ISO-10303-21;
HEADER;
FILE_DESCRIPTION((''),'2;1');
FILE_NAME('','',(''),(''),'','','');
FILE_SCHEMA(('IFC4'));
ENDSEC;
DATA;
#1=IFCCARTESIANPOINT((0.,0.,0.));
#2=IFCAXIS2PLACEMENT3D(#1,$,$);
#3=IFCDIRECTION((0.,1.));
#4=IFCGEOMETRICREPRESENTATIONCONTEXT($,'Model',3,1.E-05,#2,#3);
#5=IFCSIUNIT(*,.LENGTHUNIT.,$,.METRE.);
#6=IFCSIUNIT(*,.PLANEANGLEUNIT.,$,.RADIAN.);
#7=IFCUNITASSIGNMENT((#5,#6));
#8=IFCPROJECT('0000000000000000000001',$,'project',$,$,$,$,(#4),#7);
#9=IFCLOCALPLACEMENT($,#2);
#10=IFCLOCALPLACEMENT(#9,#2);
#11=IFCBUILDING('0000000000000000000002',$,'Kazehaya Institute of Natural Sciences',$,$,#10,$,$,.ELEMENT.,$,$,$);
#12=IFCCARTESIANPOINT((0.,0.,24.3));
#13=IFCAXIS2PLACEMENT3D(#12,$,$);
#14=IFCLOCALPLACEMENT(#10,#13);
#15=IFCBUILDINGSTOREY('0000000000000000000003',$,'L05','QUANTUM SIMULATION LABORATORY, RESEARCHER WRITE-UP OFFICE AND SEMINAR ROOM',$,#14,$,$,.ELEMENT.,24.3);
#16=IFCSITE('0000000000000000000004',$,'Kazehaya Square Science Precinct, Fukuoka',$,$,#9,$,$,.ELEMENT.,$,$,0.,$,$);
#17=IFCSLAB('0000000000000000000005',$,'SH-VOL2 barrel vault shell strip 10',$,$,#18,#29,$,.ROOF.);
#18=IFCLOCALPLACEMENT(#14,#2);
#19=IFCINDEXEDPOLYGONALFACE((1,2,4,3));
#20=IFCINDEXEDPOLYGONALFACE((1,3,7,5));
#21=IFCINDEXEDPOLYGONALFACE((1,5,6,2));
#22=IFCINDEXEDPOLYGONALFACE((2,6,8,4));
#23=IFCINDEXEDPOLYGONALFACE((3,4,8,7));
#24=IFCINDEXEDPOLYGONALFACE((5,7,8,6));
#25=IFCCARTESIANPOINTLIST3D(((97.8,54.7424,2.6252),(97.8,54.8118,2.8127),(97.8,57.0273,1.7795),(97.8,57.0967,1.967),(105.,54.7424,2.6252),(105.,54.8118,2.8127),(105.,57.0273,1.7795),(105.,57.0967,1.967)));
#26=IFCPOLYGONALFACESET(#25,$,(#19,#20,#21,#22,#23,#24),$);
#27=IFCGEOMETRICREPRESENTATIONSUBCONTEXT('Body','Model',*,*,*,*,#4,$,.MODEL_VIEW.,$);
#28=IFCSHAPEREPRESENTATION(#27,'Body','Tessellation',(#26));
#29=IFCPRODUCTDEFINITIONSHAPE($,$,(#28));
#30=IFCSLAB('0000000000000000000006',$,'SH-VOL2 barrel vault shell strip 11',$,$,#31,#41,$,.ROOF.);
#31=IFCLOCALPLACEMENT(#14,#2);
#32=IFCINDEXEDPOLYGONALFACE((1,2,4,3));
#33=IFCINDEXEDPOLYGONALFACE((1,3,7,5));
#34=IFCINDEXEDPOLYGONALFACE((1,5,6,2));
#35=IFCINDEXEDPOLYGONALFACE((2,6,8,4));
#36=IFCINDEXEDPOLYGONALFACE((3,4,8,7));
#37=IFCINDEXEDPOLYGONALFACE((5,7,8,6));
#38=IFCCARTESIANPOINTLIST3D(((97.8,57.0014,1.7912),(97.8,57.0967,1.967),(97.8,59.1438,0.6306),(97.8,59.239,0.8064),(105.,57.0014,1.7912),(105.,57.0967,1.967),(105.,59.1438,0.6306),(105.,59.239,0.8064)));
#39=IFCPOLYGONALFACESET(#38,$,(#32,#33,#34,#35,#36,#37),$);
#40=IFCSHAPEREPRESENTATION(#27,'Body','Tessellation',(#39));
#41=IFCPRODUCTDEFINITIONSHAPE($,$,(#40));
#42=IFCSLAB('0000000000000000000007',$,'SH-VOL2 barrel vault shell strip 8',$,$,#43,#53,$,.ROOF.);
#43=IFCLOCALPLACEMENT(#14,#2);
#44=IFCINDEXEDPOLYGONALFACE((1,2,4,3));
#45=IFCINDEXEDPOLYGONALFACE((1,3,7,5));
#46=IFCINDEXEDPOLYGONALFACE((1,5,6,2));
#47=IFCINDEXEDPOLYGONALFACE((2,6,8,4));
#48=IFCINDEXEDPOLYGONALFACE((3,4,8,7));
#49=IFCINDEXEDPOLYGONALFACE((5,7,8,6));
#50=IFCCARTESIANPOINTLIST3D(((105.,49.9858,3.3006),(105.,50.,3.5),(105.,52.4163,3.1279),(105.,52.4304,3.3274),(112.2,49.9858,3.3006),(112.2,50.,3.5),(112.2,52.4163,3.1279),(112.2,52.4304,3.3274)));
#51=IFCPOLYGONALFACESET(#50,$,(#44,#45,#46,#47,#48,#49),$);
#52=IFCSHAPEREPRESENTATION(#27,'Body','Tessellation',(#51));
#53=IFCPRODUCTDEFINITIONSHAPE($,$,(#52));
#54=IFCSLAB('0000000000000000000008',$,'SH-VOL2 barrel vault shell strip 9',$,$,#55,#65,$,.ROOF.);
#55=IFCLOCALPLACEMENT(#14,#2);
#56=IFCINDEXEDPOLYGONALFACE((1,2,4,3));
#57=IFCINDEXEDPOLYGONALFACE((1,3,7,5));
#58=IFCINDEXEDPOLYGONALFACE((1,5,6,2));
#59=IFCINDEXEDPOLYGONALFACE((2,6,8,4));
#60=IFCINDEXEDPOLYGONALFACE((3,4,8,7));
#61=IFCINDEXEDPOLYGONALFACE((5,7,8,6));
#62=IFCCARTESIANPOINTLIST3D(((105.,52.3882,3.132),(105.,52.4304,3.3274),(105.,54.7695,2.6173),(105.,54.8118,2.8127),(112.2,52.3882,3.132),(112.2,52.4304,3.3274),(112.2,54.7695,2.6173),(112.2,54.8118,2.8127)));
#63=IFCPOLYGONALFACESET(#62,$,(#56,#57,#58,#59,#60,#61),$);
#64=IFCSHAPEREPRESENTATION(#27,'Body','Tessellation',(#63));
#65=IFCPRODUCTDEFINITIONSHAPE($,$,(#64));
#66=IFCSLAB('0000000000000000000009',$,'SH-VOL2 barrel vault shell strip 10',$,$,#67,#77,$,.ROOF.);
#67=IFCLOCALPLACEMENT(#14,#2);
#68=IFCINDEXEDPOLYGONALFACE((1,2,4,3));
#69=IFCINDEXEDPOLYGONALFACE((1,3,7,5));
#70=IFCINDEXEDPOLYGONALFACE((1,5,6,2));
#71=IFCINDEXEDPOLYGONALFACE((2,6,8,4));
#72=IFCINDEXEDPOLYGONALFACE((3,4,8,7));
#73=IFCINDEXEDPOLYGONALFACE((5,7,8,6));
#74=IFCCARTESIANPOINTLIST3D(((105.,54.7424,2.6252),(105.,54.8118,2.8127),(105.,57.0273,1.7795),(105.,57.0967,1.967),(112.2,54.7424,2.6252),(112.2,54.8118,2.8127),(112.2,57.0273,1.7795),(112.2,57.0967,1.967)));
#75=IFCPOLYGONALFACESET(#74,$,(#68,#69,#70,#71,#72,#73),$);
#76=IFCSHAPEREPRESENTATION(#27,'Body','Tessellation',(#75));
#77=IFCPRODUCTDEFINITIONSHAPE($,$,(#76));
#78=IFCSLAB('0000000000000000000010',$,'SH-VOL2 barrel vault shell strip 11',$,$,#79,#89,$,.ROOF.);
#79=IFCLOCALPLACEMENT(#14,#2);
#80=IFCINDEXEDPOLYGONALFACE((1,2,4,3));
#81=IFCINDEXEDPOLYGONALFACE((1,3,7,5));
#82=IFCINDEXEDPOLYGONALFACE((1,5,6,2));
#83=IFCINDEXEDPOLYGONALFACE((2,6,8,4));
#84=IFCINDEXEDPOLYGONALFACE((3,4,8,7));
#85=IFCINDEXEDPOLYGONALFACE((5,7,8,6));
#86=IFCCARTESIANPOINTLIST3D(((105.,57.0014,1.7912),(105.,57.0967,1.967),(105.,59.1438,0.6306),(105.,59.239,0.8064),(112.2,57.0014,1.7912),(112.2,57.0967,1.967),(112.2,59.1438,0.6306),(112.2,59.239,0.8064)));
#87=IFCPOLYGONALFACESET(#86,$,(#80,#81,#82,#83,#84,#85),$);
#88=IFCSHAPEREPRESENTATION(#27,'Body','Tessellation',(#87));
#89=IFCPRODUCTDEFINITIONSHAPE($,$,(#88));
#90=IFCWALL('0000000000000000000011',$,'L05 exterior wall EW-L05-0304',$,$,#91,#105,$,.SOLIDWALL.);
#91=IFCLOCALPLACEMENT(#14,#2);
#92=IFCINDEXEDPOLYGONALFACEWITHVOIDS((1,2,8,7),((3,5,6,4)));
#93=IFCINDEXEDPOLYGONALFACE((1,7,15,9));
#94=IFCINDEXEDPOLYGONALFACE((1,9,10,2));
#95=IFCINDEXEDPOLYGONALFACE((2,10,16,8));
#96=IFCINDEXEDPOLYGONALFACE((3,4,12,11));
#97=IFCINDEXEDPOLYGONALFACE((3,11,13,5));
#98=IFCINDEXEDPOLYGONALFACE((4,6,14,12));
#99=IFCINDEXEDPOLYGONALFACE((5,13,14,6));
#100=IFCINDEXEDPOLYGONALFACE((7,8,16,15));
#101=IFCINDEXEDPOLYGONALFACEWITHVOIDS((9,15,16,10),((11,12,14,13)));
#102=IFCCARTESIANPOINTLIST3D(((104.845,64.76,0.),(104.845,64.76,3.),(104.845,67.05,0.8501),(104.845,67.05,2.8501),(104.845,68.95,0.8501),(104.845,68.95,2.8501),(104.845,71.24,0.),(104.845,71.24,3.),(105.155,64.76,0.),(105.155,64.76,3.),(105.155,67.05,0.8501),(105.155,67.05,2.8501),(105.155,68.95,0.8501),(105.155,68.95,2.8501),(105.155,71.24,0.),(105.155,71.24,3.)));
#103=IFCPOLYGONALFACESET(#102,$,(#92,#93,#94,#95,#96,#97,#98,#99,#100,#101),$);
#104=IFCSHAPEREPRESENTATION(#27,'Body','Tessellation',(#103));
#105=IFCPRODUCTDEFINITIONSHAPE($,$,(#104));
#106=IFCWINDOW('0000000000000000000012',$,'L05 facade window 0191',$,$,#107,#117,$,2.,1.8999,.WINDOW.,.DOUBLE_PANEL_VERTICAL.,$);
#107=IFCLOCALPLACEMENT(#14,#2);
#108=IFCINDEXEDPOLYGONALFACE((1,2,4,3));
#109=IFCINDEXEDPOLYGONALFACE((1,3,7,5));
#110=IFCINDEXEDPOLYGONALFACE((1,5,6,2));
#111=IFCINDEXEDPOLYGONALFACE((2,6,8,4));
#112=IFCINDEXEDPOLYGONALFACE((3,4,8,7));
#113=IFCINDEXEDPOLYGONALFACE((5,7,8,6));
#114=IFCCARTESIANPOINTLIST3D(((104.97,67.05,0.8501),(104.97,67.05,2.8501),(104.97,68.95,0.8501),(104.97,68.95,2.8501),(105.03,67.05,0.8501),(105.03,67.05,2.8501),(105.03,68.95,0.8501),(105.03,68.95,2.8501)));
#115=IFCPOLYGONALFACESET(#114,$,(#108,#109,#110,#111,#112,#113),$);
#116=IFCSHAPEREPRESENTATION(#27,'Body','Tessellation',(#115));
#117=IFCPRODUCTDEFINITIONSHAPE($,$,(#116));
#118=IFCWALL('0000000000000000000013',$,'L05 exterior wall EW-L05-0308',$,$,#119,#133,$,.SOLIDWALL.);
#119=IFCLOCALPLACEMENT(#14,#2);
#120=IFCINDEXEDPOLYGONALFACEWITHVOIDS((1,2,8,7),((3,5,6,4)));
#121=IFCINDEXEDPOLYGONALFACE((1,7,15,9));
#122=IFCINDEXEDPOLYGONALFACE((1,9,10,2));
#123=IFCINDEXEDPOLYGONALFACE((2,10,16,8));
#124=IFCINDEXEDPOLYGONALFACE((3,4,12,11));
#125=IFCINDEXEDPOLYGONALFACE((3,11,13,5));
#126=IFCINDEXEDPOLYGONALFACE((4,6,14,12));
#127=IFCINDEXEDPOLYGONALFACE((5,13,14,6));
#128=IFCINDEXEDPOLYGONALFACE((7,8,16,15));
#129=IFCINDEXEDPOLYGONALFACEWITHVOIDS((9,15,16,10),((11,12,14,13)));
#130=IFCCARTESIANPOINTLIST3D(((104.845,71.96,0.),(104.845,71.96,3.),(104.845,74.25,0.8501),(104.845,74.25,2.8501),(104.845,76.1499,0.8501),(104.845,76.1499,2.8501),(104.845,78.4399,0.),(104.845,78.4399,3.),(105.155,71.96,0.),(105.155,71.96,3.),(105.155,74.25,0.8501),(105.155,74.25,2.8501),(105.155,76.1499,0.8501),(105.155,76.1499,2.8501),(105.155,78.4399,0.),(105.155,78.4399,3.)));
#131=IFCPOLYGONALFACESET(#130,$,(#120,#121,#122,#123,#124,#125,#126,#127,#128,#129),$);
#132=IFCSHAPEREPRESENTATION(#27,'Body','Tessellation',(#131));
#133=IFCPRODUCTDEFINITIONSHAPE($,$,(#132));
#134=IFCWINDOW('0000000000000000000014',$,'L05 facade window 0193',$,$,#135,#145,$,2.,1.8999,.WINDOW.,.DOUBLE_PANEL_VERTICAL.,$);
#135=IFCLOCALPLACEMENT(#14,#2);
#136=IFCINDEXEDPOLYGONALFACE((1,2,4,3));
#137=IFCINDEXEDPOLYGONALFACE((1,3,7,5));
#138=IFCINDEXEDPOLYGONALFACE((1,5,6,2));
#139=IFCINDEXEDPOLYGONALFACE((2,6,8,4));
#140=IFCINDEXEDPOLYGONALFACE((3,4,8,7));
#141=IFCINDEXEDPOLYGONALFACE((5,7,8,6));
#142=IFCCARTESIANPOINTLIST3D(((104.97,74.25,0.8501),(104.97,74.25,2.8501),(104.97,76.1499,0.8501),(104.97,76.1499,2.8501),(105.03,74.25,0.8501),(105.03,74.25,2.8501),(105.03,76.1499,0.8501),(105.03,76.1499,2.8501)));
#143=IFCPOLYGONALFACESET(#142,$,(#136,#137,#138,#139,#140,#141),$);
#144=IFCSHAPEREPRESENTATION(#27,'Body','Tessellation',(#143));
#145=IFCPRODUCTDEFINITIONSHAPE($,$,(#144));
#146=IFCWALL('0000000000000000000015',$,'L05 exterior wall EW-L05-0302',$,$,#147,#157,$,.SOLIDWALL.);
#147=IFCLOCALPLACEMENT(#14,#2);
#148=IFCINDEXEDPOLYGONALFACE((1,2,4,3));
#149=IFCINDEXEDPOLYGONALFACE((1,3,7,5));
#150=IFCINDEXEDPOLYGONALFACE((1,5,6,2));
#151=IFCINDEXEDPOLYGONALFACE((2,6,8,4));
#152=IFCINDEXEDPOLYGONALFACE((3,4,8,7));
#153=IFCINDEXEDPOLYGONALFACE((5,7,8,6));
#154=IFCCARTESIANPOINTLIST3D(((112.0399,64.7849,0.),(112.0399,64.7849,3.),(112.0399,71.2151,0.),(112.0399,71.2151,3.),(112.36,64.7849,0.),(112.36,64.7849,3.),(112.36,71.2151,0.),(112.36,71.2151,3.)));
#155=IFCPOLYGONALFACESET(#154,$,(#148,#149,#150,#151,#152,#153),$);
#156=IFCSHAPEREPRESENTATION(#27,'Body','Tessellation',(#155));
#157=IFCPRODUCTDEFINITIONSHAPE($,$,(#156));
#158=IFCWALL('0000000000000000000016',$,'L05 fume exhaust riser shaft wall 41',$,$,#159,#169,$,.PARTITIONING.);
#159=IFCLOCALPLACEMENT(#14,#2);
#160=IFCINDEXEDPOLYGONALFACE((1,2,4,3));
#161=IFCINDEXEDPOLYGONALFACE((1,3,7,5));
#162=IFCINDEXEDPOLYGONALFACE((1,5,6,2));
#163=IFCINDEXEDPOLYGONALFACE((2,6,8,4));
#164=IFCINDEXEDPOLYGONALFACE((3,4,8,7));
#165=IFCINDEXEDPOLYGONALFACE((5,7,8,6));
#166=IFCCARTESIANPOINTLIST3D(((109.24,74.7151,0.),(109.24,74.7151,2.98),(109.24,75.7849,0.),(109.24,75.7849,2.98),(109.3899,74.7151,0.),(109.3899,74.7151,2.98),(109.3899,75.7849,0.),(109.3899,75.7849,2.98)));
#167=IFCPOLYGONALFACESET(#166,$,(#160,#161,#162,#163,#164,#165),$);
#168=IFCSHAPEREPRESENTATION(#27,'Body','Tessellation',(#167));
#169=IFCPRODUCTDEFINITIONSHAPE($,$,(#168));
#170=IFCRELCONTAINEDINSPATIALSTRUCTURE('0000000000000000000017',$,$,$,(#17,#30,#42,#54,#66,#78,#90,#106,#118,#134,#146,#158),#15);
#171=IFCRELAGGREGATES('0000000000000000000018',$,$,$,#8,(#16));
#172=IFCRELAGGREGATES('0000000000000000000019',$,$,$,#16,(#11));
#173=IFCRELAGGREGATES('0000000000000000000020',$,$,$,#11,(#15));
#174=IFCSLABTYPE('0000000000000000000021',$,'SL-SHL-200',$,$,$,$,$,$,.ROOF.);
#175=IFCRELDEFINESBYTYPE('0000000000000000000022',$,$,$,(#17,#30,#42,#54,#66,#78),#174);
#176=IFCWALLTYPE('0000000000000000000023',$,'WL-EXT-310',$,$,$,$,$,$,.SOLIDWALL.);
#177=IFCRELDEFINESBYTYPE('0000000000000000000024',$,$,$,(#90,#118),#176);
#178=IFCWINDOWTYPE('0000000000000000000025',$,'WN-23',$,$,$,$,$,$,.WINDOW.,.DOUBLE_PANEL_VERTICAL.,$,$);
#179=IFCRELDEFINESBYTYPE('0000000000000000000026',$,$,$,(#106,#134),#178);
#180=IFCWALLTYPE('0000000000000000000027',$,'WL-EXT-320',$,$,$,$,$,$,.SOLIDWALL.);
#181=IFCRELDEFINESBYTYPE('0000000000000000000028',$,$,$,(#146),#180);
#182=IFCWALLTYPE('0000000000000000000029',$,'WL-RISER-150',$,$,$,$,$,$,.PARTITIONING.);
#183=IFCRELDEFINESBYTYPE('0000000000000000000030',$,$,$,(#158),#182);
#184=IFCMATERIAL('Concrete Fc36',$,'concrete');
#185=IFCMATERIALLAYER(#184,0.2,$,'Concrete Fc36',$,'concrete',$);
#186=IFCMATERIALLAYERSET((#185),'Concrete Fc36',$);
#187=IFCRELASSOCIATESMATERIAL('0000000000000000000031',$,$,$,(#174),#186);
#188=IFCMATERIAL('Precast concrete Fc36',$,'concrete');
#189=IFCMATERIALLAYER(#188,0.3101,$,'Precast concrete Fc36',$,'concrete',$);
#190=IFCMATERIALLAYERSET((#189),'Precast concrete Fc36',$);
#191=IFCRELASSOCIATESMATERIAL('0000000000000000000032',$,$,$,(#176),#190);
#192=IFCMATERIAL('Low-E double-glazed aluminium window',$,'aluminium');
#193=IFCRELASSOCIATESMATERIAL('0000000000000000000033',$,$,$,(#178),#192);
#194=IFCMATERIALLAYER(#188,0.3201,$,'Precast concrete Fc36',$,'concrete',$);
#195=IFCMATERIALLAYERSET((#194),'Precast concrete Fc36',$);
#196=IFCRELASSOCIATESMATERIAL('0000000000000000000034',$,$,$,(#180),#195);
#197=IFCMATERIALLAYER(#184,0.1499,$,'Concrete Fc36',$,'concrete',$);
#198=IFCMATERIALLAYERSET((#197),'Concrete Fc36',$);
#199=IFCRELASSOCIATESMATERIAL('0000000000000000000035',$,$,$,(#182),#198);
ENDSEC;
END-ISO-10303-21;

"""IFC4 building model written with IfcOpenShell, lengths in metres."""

from ifc_helpers import new_model, si_unit, direction, frame, frame_2d, origin, place, context, subcontext, project, spatial, polyline, rectangle, outline, extrude, material, layer, layer_set, type_object, element, fill, save


model = new_model("IFC4")

# Units and contexts
model_context = context("Model", 3, precision=1e-05, world=origin(), true_north=direction((0.0, 1.0)))
body_context = subcontext(model_context, "Body", "Model", "MODEL_VIEW")
ifc_project = project(units=[si_unit("LENGTHUNIT", "METRE"), si_unit("PLANEANGLEUNIT", "RADIAN")], contexts=[model_context])

# Site, building, storey
site_placement = place(None, origin())
site = spatial("IfcSite", under=ifc_project, at=site_placement, Name="Kazehaya Square Science Precinct, Fukuoka", CompositionType="ELEMENT", RefElevation=0.0)
building_placement = place(site_placement, origin())
building = spatial("IfcBuilding", under=site, at=building_placement, Name="Kazehaya Institute of Natural Sciences", CompositionType="ELEMENT")
storey_placement = place(building_placement, frame((0.0, 0.0, 24.3)))
storey = spatial("IfcBuildingStorey", under=building, at=storey_placement, Name="L05", Description="QUANTUM SIMULATION LABORATORY, RESEARCHER WRITE-UP OFFICE AND SEMINAR ROOM", CompositionType="ELEMENT", Elevation=24.3)

# Shared definitions
ifc_material_1 = material(Name="Concrete Fc36", Category="concrete")

# Slabs
ifc_layer_1 = layer(ifc_material_1, 0.2, Name="Concrete Fc36", Category="concrete")
ifc_layer_set_1 = layer_set([ifc_layer_1], Name="Concrete Fc36")
slab_type = type_object("IfcSlabType", Name="SL-SHL-200", PredefinedType="ROOF", material=ifc_layer_set_1)
slab_1_placement = place(storey_placement, frame((97.8, 54.8118, 2.8127), z_axis=(0.0, 0.347112, 0.937824), x_axis=(1.0, 0.0, 0.0)))
element("IfcSlab", 1, at=slab_1_placement, inside=storey, type_object=slab_type, Name="SH-VOL2 barrel vault shell strip 10", PredefinedType="ROOF", context=body_context, shape_type="SweptSolid", body=[
    extrude(outline(polyline([(0.0, 0.0), (7.2, 0.0), (7.2, 2.4364), (0.0, 2.4364), (0.0, 0.0)])), origin(), (0.0, 0.0, -1.0), 0.2),
])
slab_2_placement = place(storey_placement, frame((97.8, 57.0967, 1.967), z_axis=(0.0, 0.476351, 0.879255), x_axis=(1.0, 0.0, 0.0)))
element("IfcSlab", 2, at=slab_2_placement, inside=storey, type_object=slab_type, Name="SH-VOL2 barrel vault shell strip 11", PredefinedType="ROOF", context=body_context, shape_type="SweptSolid", body=[
    extrude(outline(polyline([(0.0, 0.0), (7.2, 0.0), (7.2, 2.4365), (0.0, 2.4365), (0.0, 0.0)])), origin(), (0.0, 0.0, -1.0), 0.2),
])
slab_3_placement = place(storey_placement, frame((105.0, 50.0, 3.5), z_axis=(0.0, 0.070841, 0.997488), x_axis=(1.0, 0.0, 0.0)))
element("IfcSlab", 3, at=slab_3_placement, inside=storey, type_object=slab_type, Name="SH-VOL2 barrel vault shell strip 8", PredefinedType="ROOF", context=body_context, shape_type="SweptSolid", body=[
    extrude(outline(polyline([(0.0, 0.0), (7.2, 0.0), (7.2, 2.4365), (0.0, 2.4365), (0.0, 0.0)])), origin(), (0.0, 0.0, -1.0), 0.2),
])
slab_4_placement = place(storey_placement, frame((105.0, 52.4304, 3.3274), z_axis=(0.0, 0.21124, 0.977434), x_axis=(1.0, 0.0, 0.0)))
element("IfcSlab", 4, at=slab_4_placement, inside=storey, type_object=slab_type, Name="SH-VOL2 barrel vault shell strip 9", PredefinedType="ROOF", context=body_context, shape_type="SweptSolid", body=[
    extrude(outline(polyline([(0.0, 0.0), (7.2, 0.0), (7.2, 2.4363), (0.0, 2.4363), (0.0, 0.0)])), origin(), (0.0, 0.0, -1.0), 0.2),
])
slab_5_placement = place(storey_placement, frame((105.0, 54.8118, 2.8127), z_axis=(0.0, 0.347112, 0.937824), x_axis=(1.0, 0.0, 0.0)))
element("IfcSlab", 5, at=slab_5_placement, inside=storey, type_object=slab_type, Name="SH-VOL2 barrel vault shell strip 10", PredefinedType="ROOF", context=body_context, shape_type="SweptSolid", body=[
    extrude(outline(polyline([(0.0, 0.0), (7.2, 0.0), (7.2, 2.4364), (0.0, 2.4364), (0.0, 0.0)])), origin(), (0.0, 0.0, -1.0), 0.2),
])
slab_6_placement = place(storey_placement, frame((105.0, 57.0967, 1.967), z_axis=(0.0, 0.476351, 0.879255), x_axis=(1.0, 0.0, 0.0)))
element("IfcSlab", 6, at=slab_6_placement, inside=storey, type_object=slab_type, Name="SH-VOL2 barrel vault shell strip 11", PredefinedType="ROOF", context=body_context, shape_type="SweptSolid", body=[
    extrude(outline(polyline([(0.0, 0.0), (7.2, 0.0), (7.2, 2.4365), (0.0, 2.4365), (0.0, 0.0)])), origin(), (0.0, 0.0, -1.0), 0.2),
])

# Walls, openings, windows
ifc_material_2 = material(Name="Precast concrete Fc36", Category="concrete")
ifc_layer_2 = layer(ifc_material_2, 0.3101, Name="Precast concrete Fc36", Category="concrete")
ifc_layer_set_2 = layer_set([ifc_layer_2], Name="Precast concrete Fc36")
wall_type_1 = type_object("IfcWallType", Name="WL-EXT-310", PredefinedType="SOLIDWALL", material=ifc_layer_set_2)
wall_1_placement = place(storey_placement, frame((105.0, 64.76, 0.0), z_axis=(0.0, 0.0, 1.0), x_axis=(0.0, 1.0, 0.0)))
wall_1 = element("IfcWall", 7, at=wall_1_placement, inside=storey, type_object=wall_type_1, Name="L05 exterior wall EW-L05-0304", PredefinedType="SOLIDWALL", context=body_context, shape_type="SweptSolid", body=[
    extrude(rectangle(XDim=6.48, YDim=0.3101, at=frame_2d((3.24, 0.0))), origin(), (0.0, 0.0, 1.0), 3.0),
])
opening_1_placement = place(wall_1_placement, frame((2.29, 0.0, 0.8501)))
opening_1 = element("IfcOpeningElement", 8, at=opening_1_placement, cuts=wall_1, PredefinedType="OPENING", context=body_context, shape_type="SweptSolid", body=[
    extrude(rectangle(XDim=1.8999, YDim=2.0, at=frame_2d((0.95, 1.0))), frame((0.0, 0.165, 0.0), z_axis=(0.0, -1.0, 0.0), x_axis=(1.0, 0.0, 0.0)), (0.0, 0.0, 1.0), 0.3301),
])
ifc_material_3 = material(Name="Low-E double-glazed aluminium window", Category="aluminium")
window_type = type_object("IfcWindowType", Name="WN-23", PartitioningType="DOUBLE_PANEL_VERTICAL", PredefinedType="WINDOW", material=ifc_material_3)
window_1_placement = place(opening_1_placement, origin())
window_1 = element("IfcWindow", 9, at=window_1_placement, inside=storey, type_object=window_type, Name="L05 facade window 0191", OverallHeight=2.0, OverallWidth=1.8999, PartitioningType="DOUBLE_PANEL_VERTICAL", PredefinedType="WINDOW", context=body_context, shape_type="SweptSolid", body=[
    extrude(rectangle(XDim=1.8999, YDim=2.0, at=frame_2d((0.95, 1.0))), frame((0.0, 0.03, 0.0), z_axis=(0.0, -1.0, 0.0), x_axis=(1.0, 0.0, 0.0)), (0.0, 0.0, 1.0), 0.0601),
])
fill(opening_1, window_1)
wall_2_placement = place(storey_placement, frame((105.0, 71.96, 0.0), z_axis=(0.0, 0.0, 1.0), x_axis=(0.0, 1.0, 0.0)))
wall_2 = element("IfcWall", 10, at=wall_2_placement, inside=storey, type_object=wall_type_1, Name="L05 exterior wall EW-L05-0308", PredefinedType="SOLIDWALL", context=body_context, shape_type="SweptSolid", body=[
    extrude(rectangle(XDim=6.48, YDim=0.3101, at=frame_2d((3.24, 0.0))), origin(), (0.0, 0.0, 1.0), 3.0),
])
opening_2_placement = place(wall_2_placement, frame((2.29, 0.0, 0.8501)))
opening_2 = element("IfcOpeningElement", 11, at=opening_2_placement, cuts=wall_2, PredefinedType="OPENING", context=body_context, shape_type="SweptSolid", body=[
    extrude(rectangle(XDim=1.8999, YDim=2.0, at=frame_2d((0.95, 1.0))), frame((0.0, 0.165, 0.0), z_axis=(0.0, -1.0, 0.0), x_axis=(1.0, 0.0, 0.0)), (0.0, 0.0, 1.0), 0.3301),
])
window_2_placement = place(opening_2_placement, origin())
window_2 = element("IfcWindow", 12, at=window_2_placement, inside=storey, type_object=window_type, Name="L05 facade window 0193", OverallHeight=2.0, OverallWidth=1.8999, PartitioningType="DOUBLE_PANEL_VERTICAL", PredefinedType="WINDOW", context=body_context, shape_type="SweptSolid", body=[
    extrude(rectangle(XDim=1.8999, YDim=2.0, at=frame_2d((0.95, 1.0))), frame((0.0, 0.03, 0.0), z_axis=(0.0, -1.0, 0.0), x_axis=(1.0, 0.0, 0.0)), (0.0, 0.0, 1.0), 0.0601),
])
fill(opening_2, window_2)

# Walls
ifc_layer_3 = layer(ifc_material_2, 0.3201, Name="Precast concrete Fc36", Category="concrete")
ifc_layer_set_3 = layer_set([ifc_layer_3], Name="Precast concrete Fc36")
wall_type_2 = type_object("IfcWallType", Name="WL-EXT-320", PredefinedType="SOLIDWALL", material=ifc_layer_set_3)
wall_3_placement = place(storey_placement, frame((112.2, 71.2151, 0.0), z_axis=(0.0, 0.0, 1.0), x_axis=(0.0, -1.0, 0.0)))
element("IfcWall", 13, at=wall_3_placement, inside=storey, type_object=wall_type_2, Name="L05 exterior wall EW-L05-0302", PredefinedType="SOLIDWALL", context=body_context, shape_type="SweptSolid", body=[
    extrude(rectangle(XDim=6.4302, YDim=0.3201, at=frame_2d((3.2151, 0.0))), origin(), (0.0, 0.0, 1.0), 3.0),
])
ifc_layer_4 = layer(ifc_material_1, 0.1499, Name="Concrete Fc36", Category="concrete")
ifc_layer_set_4 = layer_set([ifc_layer_4], Name="Concrete Fc36")
wall_type_3 = type_object("IfcWallType", Name="WL-RISER-150", PredefinedType="PARTITIONING", material=ifc_layer_set_4)
wall_4_placement = place(storey_placement, frame((109.3149, 74.7151, 0.0), z_axis=(0.0, 0.0, 1.0), x_axis=(0.0, 1.0, 0.0)))
element("IfcWall", 14, at=wall_4_placement, inside=storey, type_object=wall_type_3, Name="L05 fume exhaust riser shaft wall 41", PredefinedType="PARTITIONING", context=body_context, shape_type="SweptSolid", body=[
    extrude(rectangle(XDim=1.0698, YDim=0.1499, at=frame_2d((0.5349, 0.0))), origin(), (0.0, 0.0, 1.0), 2.98),
])

save(model, "model.ifc")
